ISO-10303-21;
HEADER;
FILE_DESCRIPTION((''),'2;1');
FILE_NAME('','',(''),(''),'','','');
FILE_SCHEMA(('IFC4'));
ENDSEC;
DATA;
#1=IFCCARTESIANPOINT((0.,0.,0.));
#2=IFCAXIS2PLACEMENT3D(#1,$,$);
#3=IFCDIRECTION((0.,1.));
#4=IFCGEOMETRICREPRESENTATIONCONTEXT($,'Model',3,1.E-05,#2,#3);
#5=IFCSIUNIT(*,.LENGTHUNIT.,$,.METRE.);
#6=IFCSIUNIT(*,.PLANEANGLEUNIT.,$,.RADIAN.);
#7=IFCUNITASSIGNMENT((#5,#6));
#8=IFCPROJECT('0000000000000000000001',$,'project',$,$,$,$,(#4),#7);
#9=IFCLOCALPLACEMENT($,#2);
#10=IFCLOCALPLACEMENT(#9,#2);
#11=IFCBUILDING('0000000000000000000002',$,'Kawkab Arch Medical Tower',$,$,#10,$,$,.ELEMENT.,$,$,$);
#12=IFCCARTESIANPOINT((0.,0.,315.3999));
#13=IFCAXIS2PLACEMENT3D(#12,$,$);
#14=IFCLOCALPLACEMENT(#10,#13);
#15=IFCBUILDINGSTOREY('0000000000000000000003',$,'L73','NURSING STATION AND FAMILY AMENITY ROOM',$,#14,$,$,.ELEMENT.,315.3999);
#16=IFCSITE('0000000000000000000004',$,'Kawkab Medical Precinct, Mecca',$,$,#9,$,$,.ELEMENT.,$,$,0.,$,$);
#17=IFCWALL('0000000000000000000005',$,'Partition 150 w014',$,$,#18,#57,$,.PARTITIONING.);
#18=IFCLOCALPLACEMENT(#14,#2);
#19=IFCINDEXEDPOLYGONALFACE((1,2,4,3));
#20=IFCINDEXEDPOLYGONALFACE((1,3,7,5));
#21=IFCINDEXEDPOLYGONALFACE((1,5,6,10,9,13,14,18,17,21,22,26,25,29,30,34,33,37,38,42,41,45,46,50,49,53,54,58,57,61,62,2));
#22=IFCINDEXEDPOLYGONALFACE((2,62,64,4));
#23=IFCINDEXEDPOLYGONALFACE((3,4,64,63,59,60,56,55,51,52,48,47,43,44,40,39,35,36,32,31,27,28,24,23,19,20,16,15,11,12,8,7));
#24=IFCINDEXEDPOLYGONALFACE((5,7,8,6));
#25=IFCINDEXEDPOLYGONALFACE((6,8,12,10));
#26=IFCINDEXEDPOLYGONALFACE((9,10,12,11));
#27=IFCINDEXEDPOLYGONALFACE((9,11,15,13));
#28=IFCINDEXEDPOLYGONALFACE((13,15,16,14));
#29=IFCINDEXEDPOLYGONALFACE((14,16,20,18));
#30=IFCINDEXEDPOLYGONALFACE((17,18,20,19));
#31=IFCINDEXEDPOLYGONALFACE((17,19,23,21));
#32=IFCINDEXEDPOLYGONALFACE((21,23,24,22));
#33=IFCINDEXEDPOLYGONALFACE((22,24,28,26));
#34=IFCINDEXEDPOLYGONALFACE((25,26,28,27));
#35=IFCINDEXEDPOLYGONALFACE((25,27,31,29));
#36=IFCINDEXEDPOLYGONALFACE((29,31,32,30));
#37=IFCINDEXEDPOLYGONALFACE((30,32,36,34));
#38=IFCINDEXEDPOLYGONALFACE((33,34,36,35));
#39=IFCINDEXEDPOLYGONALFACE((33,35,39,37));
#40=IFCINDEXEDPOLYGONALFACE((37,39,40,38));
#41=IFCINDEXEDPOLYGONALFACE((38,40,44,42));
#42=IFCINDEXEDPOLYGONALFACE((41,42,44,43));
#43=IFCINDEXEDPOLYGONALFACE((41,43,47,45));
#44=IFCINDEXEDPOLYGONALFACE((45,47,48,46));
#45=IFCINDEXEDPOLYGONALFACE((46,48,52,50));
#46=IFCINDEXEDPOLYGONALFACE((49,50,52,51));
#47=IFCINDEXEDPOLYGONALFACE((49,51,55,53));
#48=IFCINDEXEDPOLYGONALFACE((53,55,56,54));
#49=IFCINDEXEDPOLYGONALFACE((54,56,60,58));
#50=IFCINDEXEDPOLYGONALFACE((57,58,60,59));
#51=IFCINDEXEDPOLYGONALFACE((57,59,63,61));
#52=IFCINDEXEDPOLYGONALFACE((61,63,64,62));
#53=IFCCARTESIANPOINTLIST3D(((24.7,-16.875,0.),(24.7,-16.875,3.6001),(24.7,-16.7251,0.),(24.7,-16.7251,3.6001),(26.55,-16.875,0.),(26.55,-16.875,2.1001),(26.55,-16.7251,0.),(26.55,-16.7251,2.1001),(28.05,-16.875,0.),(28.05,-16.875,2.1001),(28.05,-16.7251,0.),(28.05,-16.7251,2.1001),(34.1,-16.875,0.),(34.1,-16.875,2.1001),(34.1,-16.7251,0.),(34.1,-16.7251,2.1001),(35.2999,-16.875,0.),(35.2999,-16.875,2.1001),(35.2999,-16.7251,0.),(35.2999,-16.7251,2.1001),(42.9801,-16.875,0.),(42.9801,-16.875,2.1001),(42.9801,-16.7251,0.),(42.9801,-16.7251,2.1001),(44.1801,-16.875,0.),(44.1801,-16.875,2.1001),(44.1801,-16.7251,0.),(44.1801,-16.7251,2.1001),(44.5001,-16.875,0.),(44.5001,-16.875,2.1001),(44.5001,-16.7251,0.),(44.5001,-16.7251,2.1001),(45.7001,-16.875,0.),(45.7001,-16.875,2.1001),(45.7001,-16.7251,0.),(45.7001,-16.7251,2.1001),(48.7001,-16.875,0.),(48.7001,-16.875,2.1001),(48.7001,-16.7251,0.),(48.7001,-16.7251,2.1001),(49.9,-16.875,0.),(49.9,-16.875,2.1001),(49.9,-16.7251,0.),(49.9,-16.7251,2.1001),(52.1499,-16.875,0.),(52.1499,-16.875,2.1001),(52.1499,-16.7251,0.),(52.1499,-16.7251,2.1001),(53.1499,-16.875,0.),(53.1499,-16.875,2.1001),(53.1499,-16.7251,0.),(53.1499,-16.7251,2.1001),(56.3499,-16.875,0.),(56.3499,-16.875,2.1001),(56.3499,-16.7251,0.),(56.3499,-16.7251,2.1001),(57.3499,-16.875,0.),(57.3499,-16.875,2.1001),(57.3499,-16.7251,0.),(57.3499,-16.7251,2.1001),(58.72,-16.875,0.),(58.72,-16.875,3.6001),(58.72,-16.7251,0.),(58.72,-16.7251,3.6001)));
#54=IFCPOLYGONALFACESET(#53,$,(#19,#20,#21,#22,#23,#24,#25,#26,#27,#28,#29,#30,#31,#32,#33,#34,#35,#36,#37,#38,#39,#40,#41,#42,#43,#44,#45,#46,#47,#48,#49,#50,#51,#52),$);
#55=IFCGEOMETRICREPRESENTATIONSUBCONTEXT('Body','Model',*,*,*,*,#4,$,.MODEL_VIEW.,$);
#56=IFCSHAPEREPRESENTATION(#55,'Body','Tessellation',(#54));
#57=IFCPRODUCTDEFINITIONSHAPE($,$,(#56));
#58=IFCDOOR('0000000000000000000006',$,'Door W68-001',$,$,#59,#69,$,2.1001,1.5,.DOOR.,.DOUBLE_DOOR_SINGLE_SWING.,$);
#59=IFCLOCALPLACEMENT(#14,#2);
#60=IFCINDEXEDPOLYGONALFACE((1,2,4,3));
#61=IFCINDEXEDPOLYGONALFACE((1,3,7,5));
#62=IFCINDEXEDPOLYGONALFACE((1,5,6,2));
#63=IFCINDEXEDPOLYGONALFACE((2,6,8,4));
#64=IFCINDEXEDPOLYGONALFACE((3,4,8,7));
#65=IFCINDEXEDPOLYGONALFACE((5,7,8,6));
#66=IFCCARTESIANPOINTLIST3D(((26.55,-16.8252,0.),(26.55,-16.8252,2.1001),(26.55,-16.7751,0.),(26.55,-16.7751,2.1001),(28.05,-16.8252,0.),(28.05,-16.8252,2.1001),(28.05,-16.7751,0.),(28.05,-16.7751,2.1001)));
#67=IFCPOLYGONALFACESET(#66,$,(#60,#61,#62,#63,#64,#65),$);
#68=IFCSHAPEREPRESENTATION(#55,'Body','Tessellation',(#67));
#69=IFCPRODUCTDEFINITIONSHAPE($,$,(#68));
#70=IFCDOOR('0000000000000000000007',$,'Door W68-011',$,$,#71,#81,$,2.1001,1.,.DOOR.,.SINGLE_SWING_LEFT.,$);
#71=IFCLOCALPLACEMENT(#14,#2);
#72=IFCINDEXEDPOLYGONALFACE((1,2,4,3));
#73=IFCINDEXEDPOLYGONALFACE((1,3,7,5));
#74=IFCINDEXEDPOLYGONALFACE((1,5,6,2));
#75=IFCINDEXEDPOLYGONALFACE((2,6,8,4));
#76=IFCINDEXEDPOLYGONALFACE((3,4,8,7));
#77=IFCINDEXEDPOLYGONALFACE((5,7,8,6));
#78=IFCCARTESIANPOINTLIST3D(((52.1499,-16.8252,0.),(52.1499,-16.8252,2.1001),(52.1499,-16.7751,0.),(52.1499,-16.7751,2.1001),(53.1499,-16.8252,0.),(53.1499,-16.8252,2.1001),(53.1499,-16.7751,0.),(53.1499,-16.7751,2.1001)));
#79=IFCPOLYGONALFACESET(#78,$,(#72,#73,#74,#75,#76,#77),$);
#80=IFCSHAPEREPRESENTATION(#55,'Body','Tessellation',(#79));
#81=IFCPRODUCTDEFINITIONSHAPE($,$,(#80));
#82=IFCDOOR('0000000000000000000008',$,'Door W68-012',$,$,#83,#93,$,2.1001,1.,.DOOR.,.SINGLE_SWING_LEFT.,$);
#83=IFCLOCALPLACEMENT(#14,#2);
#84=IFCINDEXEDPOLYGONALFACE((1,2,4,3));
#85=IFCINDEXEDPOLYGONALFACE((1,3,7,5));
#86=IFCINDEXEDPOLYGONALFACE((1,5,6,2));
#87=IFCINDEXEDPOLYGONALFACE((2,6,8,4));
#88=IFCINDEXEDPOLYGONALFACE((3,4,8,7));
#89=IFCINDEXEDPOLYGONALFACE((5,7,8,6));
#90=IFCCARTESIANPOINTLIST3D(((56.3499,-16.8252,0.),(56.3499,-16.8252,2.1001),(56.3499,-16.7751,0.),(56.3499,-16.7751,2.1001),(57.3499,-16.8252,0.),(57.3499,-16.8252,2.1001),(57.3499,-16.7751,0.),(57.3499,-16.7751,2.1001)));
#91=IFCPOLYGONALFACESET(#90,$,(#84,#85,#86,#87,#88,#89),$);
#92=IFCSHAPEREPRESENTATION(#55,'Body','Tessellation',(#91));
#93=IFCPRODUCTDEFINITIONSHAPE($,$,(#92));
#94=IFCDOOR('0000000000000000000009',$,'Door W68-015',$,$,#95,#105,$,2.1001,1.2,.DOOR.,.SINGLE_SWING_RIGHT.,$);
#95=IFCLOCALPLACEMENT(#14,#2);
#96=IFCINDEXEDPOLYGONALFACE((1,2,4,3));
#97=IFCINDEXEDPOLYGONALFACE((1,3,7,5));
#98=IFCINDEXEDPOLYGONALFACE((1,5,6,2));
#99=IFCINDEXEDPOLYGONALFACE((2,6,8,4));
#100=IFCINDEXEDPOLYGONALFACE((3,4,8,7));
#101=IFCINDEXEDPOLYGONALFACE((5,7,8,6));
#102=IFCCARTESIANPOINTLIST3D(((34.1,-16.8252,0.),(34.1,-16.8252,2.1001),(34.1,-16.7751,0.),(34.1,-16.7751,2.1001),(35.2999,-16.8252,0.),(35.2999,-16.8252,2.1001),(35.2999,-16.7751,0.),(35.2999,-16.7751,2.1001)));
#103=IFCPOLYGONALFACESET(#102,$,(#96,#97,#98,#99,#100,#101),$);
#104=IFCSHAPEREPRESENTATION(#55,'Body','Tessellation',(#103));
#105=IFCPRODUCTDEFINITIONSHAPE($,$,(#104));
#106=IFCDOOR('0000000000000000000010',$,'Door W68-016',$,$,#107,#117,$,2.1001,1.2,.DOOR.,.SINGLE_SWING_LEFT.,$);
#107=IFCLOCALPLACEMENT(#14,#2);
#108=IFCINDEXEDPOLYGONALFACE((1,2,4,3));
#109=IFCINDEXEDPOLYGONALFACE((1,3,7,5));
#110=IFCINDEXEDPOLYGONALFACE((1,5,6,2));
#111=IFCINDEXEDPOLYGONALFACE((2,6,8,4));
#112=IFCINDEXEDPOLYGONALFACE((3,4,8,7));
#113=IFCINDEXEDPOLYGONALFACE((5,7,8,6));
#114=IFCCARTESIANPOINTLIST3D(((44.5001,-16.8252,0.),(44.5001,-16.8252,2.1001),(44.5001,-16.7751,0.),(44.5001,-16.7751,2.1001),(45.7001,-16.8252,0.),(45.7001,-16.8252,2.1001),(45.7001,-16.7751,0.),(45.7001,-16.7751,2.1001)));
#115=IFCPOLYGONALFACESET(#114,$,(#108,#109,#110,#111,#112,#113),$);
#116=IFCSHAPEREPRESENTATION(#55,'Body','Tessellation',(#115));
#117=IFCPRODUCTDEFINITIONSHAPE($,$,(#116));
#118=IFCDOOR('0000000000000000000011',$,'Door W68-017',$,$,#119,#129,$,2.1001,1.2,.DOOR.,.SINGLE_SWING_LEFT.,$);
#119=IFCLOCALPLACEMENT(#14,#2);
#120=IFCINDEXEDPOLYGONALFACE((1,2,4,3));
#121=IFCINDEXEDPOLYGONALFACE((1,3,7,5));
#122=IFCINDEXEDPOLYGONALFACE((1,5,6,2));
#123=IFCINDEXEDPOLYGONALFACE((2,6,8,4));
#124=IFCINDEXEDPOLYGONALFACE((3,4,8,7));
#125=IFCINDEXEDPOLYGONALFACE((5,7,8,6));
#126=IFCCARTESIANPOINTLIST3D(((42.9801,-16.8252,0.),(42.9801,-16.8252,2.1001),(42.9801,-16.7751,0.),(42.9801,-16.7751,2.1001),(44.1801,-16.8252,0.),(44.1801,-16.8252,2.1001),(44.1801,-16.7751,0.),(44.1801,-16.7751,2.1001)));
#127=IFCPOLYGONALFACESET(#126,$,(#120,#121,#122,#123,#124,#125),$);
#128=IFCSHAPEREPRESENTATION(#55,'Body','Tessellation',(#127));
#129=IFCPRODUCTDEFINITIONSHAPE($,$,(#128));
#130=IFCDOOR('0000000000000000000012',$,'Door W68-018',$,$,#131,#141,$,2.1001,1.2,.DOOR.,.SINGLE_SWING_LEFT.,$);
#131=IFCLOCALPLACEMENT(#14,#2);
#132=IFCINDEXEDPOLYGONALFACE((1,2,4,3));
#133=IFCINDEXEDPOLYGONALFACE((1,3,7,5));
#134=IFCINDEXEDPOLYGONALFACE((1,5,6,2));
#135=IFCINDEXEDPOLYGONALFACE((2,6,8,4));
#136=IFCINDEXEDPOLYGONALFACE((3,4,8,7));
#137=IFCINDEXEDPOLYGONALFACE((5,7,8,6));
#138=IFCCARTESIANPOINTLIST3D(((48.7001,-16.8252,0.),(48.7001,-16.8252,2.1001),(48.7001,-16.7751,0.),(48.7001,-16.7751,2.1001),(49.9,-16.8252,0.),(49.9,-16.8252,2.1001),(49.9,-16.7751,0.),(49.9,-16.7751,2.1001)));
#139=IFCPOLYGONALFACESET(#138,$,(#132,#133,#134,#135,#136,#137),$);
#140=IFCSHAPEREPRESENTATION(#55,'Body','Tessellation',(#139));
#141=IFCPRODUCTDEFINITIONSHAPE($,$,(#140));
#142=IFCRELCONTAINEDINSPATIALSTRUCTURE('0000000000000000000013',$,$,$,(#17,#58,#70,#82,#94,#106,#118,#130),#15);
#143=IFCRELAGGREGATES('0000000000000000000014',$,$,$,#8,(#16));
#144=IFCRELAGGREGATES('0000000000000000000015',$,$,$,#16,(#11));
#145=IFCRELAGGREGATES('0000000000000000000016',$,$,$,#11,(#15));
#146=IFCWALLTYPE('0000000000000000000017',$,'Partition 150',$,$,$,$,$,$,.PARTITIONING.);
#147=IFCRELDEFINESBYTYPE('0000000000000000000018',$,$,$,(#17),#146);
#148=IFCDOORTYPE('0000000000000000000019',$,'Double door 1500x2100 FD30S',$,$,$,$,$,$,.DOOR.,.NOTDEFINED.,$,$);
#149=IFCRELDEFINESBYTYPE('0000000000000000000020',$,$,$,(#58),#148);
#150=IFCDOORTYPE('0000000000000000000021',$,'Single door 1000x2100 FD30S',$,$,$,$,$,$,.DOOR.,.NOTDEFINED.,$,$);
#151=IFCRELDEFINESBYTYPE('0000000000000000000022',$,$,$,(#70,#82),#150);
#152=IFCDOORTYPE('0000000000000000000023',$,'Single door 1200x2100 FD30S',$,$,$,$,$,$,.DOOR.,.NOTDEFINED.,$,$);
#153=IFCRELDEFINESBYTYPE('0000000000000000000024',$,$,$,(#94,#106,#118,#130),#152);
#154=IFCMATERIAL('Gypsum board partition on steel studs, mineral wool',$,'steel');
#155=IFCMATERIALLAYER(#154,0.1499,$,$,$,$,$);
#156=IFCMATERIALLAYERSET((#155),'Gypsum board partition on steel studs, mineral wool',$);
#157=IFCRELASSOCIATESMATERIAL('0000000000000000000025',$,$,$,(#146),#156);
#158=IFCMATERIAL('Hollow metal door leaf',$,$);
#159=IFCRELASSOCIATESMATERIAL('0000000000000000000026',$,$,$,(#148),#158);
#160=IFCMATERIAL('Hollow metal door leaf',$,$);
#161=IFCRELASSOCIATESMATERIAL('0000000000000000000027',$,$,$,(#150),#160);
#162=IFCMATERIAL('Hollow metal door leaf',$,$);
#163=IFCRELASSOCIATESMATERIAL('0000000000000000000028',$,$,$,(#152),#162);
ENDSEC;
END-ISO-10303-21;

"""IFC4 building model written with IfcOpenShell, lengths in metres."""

from ifc_helpers import new_model, si_unit, direction, frame, frame_2d, origin, place, context, subcontext, project, spatial, rectangle, extrude, material, layer, layer_set, type_object, element, fill, save


model = new_model("IFC4")

# Units and contexts
model_context = context("Model", 3, precision=1e-05, world=origin(), true_north=direction((0.0, 1.0)))
body_context = subcontext(model_context, "Body", "Model", "MODEL_VIEW")
ifc_project = project(units=[si_unit("LENGTHUNIT", "METRE"), si_unit("PLANEANGLEUNIT", "RADIAN")], contexts=[model_context])

# Site, building, storey
site_placement = place(None, origin())
site = spatial("IfcSite", under=ifc_project, at=site_placement, Name="Kawkab Medical Precinct, Mecca", CompositionType="ELEMENT", RefElevation=0.0)
building_placement = place(site_placement, origin())
building = spatial("IfcBuilding", under=site, at=building_placement, Name="Kawkab Arch Medical Tower", CompositionType="ELEMENT")
storey_placement = place(building_placement, frame((0.0, 0.0, 315.3999)))
storey = spatial("IfcBuildingStorey", under=building, at=storey_placement, Name="L73", Description="NURSING STATION AND FAMILY AMENITY ROOM", CompositionType="ELEMENT", Elevation=315.3999)

# Wall, openings, doors
ifc_material_1 = material(Name="Gypsum board partition on steel studs, mineral wool", Category="steel")
ifc_layer_1 = layer(ifc_material_1, 0.1499)
ifc_layer_set_1 = layer_set([ifc_layer_1], Name="Gypsum board partition on steel studs, mineral wool")
wall_type_1 = type_object("IfcWallType", Name="Partition 150", PredefinedType="PARTITIONING", material=ifc_layer_set_1)
wall_1_placement = place(storey_placement, frame((24.7, -16.8, 0.0), z_axis=(0.0, 0.0, 1.0), x_axis=(1.0, 0.0, 0.0)))
wall_1 = element("IfcWall", 1, at=wall_1_placement, inside=storey, type_object=wall_type_1, Name="Partition 150 w014", PredefinedType="PARTITIONING", context=body_context, shape_type="SweptSolid", body=[
    extrude(rectangle(XDim=34.02, YDim=0.1499, at=frame_2d((17.01, 0.0))), origin(), (0.0, 0.0, 1.0), 3.6001),
])
opening_1_placement = place(wall_1_placement, frame((1.8501, 0.0, 0.0)))
opening_1 = element("IfcOpeningElement", 2, at=opening_1_placement, cuts=wall_1, PredefinedType="OPENING", context=body_context, shape_type="SweptSolid", body=[
    extrude(rectangle(XDim=1.5, YDim=2.1001, at=frame_2d((0.75, 1.05))), frame((0.0, 0.085, 0.0), z_axis=(0.0, -1.0, 0.0), x_axis=(1.0, 0.0, 0.0)), (0.0, 0.0, 1.0), 0.1699),
])
opening_2_placement = place(wall_1_placement, frame((9.3999, 0.0, 0.0)))
opening_2 = element("IfcOpeningElement", 3, at=opening_2_placement, cuts=wall_1, PredefinedType="OPENING", context=body_context, shape_type="SweptSolid", body=[
    extrude(rectangle(XDim=1.2, YDim=2.1001, at=frame_2d((0.6001, 1.05))), frame((0.0, 0.085, 0.0), z_axis=(0.0, -1.0, 0.0), x_axis=(1.0, 0.0, 0.0)), (0.0, 0.0, 1.0), 0.1699),
])
opening_3_placement = place(wall_1_placement, frame((19.8, 0.0, 0.0)))
opening_3 = element("IfcOpeningElement", 4, at=opening_3_placement, cuts=wall_1, PredefinedType="OPENING", context=body_context, shape_type="SweptSolid", body=[
    extrude(rectangle(XDim=1.2, YDim=2.1001, at=frame_2d((0.6001, 1.05))), frame((0.0, 0.085, 0.0), z_axis=(0.0, -1.0, 0.0), x_axis=(1.0, 0.0, 0.0)), (0.0, 0.0, 1.0), 0.1699),
])
opening_4_placement = place(wall_1_placement, frame((18.28, 0.0, 0.0)))
opening_4 = element("IfcOpeningElement", 5, at=opening_4_placement, cuts=wall_1, PredefinedType="OPENING", context=body_context, shape_type="SweptSolid", body=[
    extrude(rectangle(XDim=1.2, YDim=2.1001, at=frame_2d((0.6001, 1.05))), frame((0.0, 0.085, 0.0), z_axis=(0.0, -1.0, 0.0), x_axis=(1.0, 0.0, 0.0)), (0.0, 0.0, 1.0), 0.1699),
])
opening_5_placement = place(wall_1_placement, frame((24.0, 0.0, 0.0)))
opening_5 = element("IfcOpeningElement", 6, at=opening_5_placement, cuts=wall_1, PredefinedType="OPENING", context=body_context, shape_type="SweptSolid", body=[
    extrude(rectangle(XDim=1.2, YDim=2.1001, at=frame_2d((0.6001, 1.05))), frame((0.0, 0.085, 0.0), z_axis=(0.0, -1.0, 0.0), x_axis=(1.0, 0.0, 0.0)), (0.0, 0.0, 1.0), 0.1699),
])
opening_6_placement = place(wall_1_placement, frame((27.45, 0.0, 0.0)))
opening_6 = element("IfcOpeningElement", 7, at=opening_6_placement, cuts=wall_1, PredefinedType="OPENING", context=body_context, shape_type="SweptSolid", body=[
    extrude(rectangle(XDim=1.0, YDim=2.1001, at=frame_2d((0.5, 1.05))), frame((0.0, 0.085, 0.0), z_axis=(0.0, -1.0, 0.0), x_axis=(1.0, 0.0, 0.0)), (0.0, 0.0, 1.0), 0.1699),
])
opening_7_placement = place(wall_1_placement, frame((31.6499, 0.0, 0.0)))
opening_7 = element("IfcOpeningElement", 8, at=opening_7_placement, cuts=wall_1, PredefinedType="OPENING", context=body_context, shape_type="SweptSolid", body=[
    extrude(rectangle(XDim=1.0, YDim=2.1001, at=frame_2d((0.5, 1.05))), frame((0.0, 0.085, 0.0), z_axis=(0.0, -1.0, 0.0), x_axis=(1.0, 0.0, 0.0)), (0.0, 0.0, 1.0), 0.1699),
])
ifc_material_2 = material(Name="Hollow metal door leaf")
door_type_1 = type_object("IfcDoorType", Name="Double door 1500x2100 FD30S", OperationType="NOTDEFINED", PredefinedType="DOOR", material=ifc_material_2)
door_1_placement = place(opening_1_placement, origin())
door_1 = element("IfcDoor", 9, at=door_1_placement, inside=storey, type_object=door_type_1, Name="Door W68-001", OperationType="DOUBLE_DOOR_SINGLE_SWING", OverallHeight=2.1001, OverallWidth=1.5, PredefinedType="DOOR", context=body_context, shape_type="SweptSolid", body=[
    extrude(rectangle(XDim=1.5, YDim=2.1001, at=frame_2d((0.75, 1.05))), frame((0.0, 0.0249, 0.0), z_axis=(0.0, -1.0, 0.0), x_axis=(1.0, 0.0, 0.0)), (0.0, 0.0, 1.0), 0.05),
])
fill(opening_1, door_1)
ifc_material_3 = material(Name="Hollow metal door leaf")
door_type_2 = type_object("IfcDoorType", Name="Single door 1000x2100 FD30S", OperationType="NOTDEFINED", PredefinedType="DOOR", material=ifc_material_3)
door_2_placement = place(opening_6_placement, origin())
door_2 = element("IfcDoor", 10, at=door_2_placement, inside=storey, type_object=door_type_2, Name="Door W68-011", OperationType="SINGLE_SWING_LEFT", OverallHeight=2.1001, OverallWidth=1.0, PredefinedType="DOOR", context=body_context, shape_type="SweptSolid", body=[
    extrude(rectangle(XDim=1.0, YDim=2.1001, at=frame_2d((0.5, 1.05))), frame((0.0, 0.0249, 0.0), z_axis=(0.0, -1.0, 0.0), x_axis=(1.0, 0.0, 0.0)), (0.0, 0.0, 1.0), 0.05),
])
fill(opening_6, door_2)
door_3_placement = place(opening_7_placement, origin())
door_3 = element("IfcDoor", 11, at=door_3_placement, inside=storey, type_object=door_type_2, Name="Door W68-012", OperationType="SINGLE_SWING_LEFT", OverallHeight=2.1001, OverallWidth=1.0, PredefinedType="DOOR", context=body_context, shape_type="SweptSolid", body=[
    extrude(rectangle(XDim=1.0, YDim=2.1001, at=frame_2d((0.5, 1.05))), frame((0.0, 0.0249, 0.0), z_axis=(0.0, -1.0, 0.0), x_axis=(1.0, 0.0, 0.0)), (0.0, 0.0, 1.0), 0.05),
])
fill(opening_7, door_3)
ifc_material_4 = material(Name="Hollow metal door leaf")
door_type_3 = type_object("IfcDoorType", Name="Single door 1200x2100 FD30S", OperationType="NOTDEFINED", PredefinedType="DOOR", material=ifc_material_4)
door_4_placement = place(opening_2_placement, origin())
door_4 = element("IfcDoor", 12, at=door_4_placement, inside=storey, type_object=door_type_3, Name="Door W68-015", OperationType="SINGLE_SWING_RIGHT", OverallHeight=2.1001, OverallWidth=1.2, PredefinedType="DOOR", context=body_context, shape_type="SweptSolid", body=[
    extrude(rectangle(XDim=1.2, YDim=2.1001, at=frame_2d((0.6001, 1.05))), frame((0.0, 0.0249, 0.0), z_axis=(0.0, -1.0, 0.0), x_axis=(1.0, 0.0, 0.0)), (0.0, 0.0, 1.0), 0.05),
])
fill(opening_2, door_4)
door_5_placement = place(opening_3_placement, origin())
door_5 = element("IfcDoor", 13, at=door_5_placement, inside=storey, type_object=door_type_3, Name="Door W68-016", OperationType="SINGLE_SWING_LEFT", OverallHeight=2.1001, OverallWidth=1.2, PredefinedType="DOOR", context=body_context, shape_type="SweptSolid", body=[
    extrude(rectangle(XDim=1.2, YDim=2.1001, at=frame_2d((0.6001, 1.05))), frame((0.0, 0.0249, 0.0), z_axis=(0.0, -1.0, 0.0), x_axis=(1.0, 0.0, 0.0)), (0.0, 0.0, 1.0), 0.05),
])
fill(opening_3, door_5)
door_6_placement = place(opening_4_placement, origin())
door_6 = element("IfcDoor", 14, at=door_6_placement, inside=storey, type_object=door_type_3, Name="Door W68-017", OperationType="SINGLE_SWING_LEFT", OverallHeight=2.1001, OverallWidth=1.2, PredefinedType="DOOR", context=body_context, shape_type="SweptSolid", body=[
    extrude(rectangle(XDim=1.2, YDim=2.1001, at=frame_2d((0.6001, 1.05))), frame((0.0, 0.0249, 0.0), z_axis=(0.0, -1.0, 0.0), x_axis=(1.0, 0.0, 0.0)), (0.0, 0.0, 1.0), 0.05),
])
fill(opening_4, door_6)
door_7_placement = place(opening_5_placement, origin())
door_7 = element("IfcDoor", 15, at=door_7_placement, inside=storey, type_object=door_type_3, Name="Door W68-018", OperationType="SINGLE_SWING_LEFT", OverallHeight=2.1001, OverallWidth=1.2, PredefinedType="DOOR", context=body_context, shape_type="SweptSolid", body=[
    extrude(rectangle(XDim=1.2, YDim=2.1001, at=frame_2d((0.6001, 1.05))), frame((0.0, 0.0249, 0.0), z_axis=(0.0, -1.0, 0.0), x_axis=(1.0, 0.0, 0.0)), (0.0, 0.0, 1.0), 0.05),
])
fill(opening_5, door_7)

save(model, "model.ifc")
